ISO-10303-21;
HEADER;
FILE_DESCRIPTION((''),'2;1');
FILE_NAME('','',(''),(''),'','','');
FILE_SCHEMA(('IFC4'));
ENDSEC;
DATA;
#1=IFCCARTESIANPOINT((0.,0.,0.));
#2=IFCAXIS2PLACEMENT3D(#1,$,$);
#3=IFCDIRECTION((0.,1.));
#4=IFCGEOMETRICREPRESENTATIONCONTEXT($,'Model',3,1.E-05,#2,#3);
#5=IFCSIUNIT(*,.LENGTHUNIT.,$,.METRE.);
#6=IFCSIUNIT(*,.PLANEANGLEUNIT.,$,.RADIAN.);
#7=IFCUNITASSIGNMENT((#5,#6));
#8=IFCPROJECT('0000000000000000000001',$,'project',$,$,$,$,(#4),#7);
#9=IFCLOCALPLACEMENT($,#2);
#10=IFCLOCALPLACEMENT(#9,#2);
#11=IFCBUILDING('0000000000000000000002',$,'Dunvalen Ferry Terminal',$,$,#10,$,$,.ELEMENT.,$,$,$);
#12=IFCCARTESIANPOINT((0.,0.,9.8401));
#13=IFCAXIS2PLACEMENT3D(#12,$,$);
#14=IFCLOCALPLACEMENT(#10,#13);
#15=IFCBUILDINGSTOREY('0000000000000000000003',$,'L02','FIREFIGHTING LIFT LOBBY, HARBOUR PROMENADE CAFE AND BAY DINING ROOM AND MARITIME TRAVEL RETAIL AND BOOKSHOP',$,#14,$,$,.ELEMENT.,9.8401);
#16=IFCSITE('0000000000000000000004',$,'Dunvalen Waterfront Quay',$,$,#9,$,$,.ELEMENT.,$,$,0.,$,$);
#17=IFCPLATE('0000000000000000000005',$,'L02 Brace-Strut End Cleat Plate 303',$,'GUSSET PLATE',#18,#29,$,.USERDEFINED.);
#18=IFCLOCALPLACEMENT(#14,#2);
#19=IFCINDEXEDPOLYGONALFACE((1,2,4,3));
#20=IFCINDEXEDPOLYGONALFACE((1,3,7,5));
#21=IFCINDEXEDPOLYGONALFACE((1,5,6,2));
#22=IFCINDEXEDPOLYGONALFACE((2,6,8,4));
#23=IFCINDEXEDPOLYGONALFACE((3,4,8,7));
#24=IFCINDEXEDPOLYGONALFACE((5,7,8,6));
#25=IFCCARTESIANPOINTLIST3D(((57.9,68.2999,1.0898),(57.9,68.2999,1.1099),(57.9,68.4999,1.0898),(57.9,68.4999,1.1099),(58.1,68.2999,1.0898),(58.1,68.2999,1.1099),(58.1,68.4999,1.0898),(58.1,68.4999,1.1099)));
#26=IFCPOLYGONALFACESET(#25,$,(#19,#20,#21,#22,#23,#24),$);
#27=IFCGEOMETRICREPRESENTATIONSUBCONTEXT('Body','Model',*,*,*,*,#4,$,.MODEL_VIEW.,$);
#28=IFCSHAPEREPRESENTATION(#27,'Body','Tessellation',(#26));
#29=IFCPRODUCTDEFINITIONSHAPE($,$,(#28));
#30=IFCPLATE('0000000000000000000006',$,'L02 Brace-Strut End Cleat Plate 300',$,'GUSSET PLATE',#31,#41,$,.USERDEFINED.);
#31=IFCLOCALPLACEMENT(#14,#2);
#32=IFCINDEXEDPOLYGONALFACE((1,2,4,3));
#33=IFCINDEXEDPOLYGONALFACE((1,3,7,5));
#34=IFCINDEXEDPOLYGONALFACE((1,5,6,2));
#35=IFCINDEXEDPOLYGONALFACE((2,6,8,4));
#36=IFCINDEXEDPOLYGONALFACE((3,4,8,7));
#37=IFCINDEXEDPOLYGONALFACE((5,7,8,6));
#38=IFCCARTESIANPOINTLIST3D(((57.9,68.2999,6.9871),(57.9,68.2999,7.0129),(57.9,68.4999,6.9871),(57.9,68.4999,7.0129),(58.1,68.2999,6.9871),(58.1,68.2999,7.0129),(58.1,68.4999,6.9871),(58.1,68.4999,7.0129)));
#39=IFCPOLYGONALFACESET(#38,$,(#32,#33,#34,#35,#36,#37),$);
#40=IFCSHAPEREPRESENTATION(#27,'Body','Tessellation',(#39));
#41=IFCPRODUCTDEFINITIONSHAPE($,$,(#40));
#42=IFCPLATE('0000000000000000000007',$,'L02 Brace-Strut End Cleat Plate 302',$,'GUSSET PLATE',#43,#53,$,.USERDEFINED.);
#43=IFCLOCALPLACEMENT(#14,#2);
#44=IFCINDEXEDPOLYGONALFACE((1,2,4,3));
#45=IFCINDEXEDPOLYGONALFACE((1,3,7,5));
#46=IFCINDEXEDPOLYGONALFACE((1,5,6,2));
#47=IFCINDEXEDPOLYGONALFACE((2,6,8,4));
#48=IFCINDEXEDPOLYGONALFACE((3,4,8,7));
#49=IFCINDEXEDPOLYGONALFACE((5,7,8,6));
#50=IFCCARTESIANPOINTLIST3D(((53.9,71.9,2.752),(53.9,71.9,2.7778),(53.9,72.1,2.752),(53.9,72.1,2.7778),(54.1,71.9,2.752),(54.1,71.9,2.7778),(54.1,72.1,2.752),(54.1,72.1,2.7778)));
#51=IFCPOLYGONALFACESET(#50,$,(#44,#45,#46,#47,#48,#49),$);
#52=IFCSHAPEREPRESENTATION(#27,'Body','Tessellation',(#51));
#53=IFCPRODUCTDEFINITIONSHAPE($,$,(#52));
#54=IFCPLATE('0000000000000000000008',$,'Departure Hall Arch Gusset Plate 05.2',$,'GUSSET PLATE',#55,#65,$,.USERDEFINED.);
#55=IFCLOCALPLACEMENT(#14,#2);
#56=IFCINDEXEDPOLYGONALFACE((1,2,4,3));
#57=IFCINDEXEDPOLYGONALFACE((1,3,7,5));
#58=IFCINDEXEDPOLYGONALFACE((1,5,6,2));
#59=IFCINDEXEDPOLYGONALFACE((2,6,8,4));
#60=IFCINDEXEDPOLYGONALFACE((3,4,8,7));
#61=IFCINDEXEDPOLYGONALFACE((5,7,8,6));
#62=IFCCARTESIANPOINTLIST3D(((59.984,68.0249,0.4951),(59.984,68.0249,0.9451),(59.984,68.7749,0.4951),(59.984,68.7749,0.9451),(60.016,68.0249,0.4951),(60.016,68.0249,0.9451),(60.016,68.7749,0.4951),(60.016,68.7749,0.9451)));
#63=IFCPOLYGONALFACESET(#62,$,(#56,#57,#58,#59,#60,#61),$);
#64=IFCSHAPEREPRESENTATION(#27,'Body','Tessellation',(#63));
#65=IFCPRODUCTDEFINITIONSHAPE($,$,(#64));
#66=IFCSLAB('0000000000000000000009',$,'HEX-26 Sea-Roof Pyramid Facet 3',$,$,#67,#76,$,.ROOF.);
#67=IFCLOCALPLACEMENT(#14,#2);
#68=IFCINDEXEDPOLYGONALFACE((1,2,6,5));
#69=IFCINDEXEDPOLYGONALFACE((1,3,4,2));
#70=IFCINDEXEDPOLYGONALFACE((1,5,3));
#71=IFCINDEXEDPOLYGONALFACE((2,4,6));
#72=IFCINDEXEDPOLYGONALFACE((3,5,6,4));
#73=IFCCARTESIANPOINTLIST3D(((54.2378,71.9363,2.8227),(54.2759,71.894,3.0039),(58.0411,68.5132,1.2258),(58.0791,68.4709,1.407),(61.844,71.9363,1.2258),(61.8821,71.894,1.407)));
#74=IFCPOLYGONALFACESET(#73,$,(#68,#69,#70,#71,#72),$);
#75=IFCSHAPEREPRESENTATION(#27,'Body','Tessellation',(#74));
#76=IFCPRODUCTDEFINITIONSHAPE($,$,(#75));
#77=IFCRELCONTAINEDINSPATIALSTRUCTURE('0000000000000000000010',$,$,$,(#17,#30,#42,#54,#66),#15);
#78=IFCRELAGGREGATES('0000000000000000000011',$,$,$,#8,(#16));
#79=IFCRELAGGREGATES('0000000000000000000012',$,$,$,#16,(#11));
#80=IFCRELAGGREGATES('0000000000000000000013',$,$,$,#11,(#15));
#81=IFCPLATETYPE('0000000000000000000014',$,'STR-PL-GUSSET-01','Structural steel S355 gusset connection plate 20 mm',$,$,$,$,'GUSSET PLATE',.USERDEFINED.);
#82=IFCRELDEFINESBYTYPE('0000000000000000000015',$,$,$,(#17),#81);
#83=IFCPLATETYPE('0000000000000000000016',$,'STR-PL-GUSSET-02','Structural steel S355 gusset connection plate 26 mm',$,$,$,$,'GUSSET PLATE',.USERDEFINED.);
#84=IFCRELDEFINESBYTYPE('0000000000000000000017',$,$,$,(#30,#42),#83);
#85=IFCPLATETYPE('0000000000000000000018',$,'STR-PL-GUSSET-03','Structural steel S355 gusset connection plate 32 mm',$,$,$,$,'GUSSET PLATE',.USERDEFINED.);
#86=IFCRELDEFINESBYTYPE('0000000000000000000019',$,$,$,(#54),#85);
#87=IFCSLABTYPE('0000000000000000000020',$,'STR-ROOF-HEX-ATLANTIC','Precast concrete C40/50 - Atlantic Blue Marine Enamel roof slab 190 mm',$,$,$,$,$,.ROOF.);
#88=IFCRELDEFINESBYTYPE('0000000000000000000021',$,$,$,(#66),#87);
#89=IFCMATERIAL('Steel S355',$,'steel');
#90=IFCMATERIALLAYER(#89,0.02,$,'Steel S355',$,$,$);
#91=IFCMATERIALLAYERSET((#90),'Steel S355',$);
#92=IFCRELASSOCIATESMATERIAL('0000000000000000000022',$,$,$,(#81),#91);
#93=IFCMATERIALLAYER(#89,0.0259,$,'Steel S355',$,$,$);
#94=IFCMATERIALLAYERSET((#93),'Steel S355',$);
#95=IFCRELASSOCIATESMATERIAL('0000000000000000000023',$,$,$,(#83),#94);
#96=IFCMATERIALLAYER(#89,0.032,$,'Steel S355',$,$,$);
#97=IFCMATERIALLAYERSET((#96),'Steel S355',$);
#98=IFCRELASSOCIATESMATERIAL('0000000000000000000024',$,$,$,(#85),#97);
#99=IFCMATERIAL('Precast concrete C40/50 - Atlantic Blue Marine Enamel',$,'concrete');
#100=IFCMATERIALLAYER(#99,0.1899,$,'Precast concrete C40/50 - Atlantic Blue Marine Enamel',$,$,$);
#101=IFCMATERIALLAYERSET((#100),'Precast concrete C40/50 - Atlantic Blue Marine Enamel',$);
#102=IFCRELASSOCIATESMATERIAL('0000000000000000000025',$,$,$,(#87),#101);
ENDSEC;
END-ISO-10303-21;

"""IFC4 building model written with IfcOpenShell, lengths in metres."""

from ifc_helpers import new_model, si_unit, direction, frame, origin, origin_2d, place, context, subcontext, project, spatial, polyline, rectangle, outline, extrude, material, layer, layer_set, type_object, element, save


model = new_model("IFC4")

# Units and contexts
model_context = context("Model", 3, precision=1e-05, world=origin(), true_north=direction((0.0, 1.0)))
body_context = subcontext(model_context, "Body", "Model", "MODEL_VIEW")
ifc_project = project(units=[si_unit("LENGTHUNIT", "METRE"), si_unit("PLANEANGLEUNIT", "RADIAN")], contexts=[model_context])

# Site, building, storey
site_placement = place(None, origin())
site = spatial("IfcSite", under=ifc_project, at=site_placement, Name="Dunvalen Waterfront Quay", CompositionType="ELEMENT", RefElevation=0.0)
building_placement = place(site_placement, origin())
building = spatial("IfcBuilding", under=site, at=building_placement, Name="Dunvalen Ferry Terminal", CompositionType="ELEMENT")
storey_placement = place(building_placement, frame((0.0, 0.0, 9.8401)))
storey = spatial("IfcBuildingStorey", under=building, at=storey_placement, Name="L02", Description="FIREFIGHTING LIFT LOBBY, HARBOUR PROMENADE CAFE AND BAY DINING ROOM AND MARITIME TRAVEL RETAIL AND BOOKSHOP", CompositionType="ELEMENT", Elevation=9.8401)

# Shared definitions
ifc_material_1 = material(Name="Steel S355", Category="steel")

# Plates
ifc_layer_1 = layer(ifc_material_1, 0.02, Name="Steel S355")
ifc_layer_set_1 = layer_set([ifc_layer_1], Name="Steel S355")
plate_type_1 = type_object("IfcPlateType", Name="STR-PL-GUSSET-01", Description="Structural steel S355 gusset connection plate 20 mm", ElementType="GUSSET PLATE", PredefinedType="USERDEFINED", material=ifc_layer_set_1)
for number, where, z_axis, x_axis, name in (
    (1, (58.0, 68.3999, 1.0898), (0.0, 0.0, 1.0), (1.0, 0.0, 0.0), "L02 Brace-Strut End Cleat Plate 303"),
):
    element("IfcPlate", number, at=place(storey_placement, frame(where, z_axis=z_axis, x_axis=x_axis)), inside=storey, type_object=plate_type_1, Name=name, ObjectType="GUSSET PLATE", PredefinedType="USERDEFINED", context=body_context, shape_type="SweptSolid", body=[
        extrude(rectangle(XDim=0.2, YDim=0.2, at=origin_2d()), origin(), (0.0, 0.0, 1.0), 0.02),
    ])
ifc_layer_2 = layer(ifc_material_1, 0.0259, Name="Steel S355")
ifc_layer_set_2 = layer_set([ifc_layer_2], Name="Steel S355")
plate_type_2 = type_object("IfcPlateType", Name="STR-PL-GUSSET-02", Description="Structural steel S355 gusset connection plate 26 mm", ElementType="GUSSET PLATE", PredefinedType="USERDEFINED", material=ifc_layer_set_2)
for number, where, z_axis, x_axis, name in (
    (2, (58.0, 68.3999, 6.9871), (0.0, 0.0, 1.0), (1.0, 0.0, 0.0), "L02 Brace-Strut End Cleat Plate 300"),
    (3, (54.0, 72.0, 2.752), (0.0, 0.0, 1.0), (1.0, 0.0, 0.0), "L02 Brace-Strut End Cleat Plate 302"),
):
    element("IfcPlate", number, at=place(storey_placement, frame(where, z_axis=z_axis, x_axis=x_axis)), inside=storey, type_object=plate_type_2, Name=name, ObjectType="GUSSET PLATE", PredefinedType="USERDEFINED", context=body_context, shape_type="SweptSolid", body=[
        extrude(rectangle(XDim=0.2, YDim=0.2, at=origin_2d()), origin(), (0.0, 0.0, 1.0), 0.0259),
    ])
ifc_layer_3 = layer(ifc_material_1, 0.032, Name="Steel S355")
ifc_layer_set_3 = layer_set([ifc_layer_3], Name="Steel S355")
plate_type_3 = type_object("IfcPlateType", Name="STR-PL-GUSSET-03", Description="Structural steel S355 gusset connection plate 32 mm", ElementType="GUSSET PLATE", PredefinedType="USERDEFINED", material=ifc_layer_set_3)
plate_1_placement = place(storey_placement, frame((60.0, 68.3999, 0.4951), z_axis=(0.0, 0.0, 1.0), x_axis=(1.0, 0.0, 0.0)))
element("IfcPlate", 4, at=plate_1_placement, inside=storey, type_object=plate_type_3, Name="Departure Hall Arch Gusset Plate 05.2", ObjectType="GUSSET PLATE", PredefinedType="USERDEFINED", context=body_context, shape_type="SweptSolid", body=[
    extrude(rectangle(XDim=0.032, YDim=0.75, at=origin_2d()), origin(), (0.0, 0.0, 1.0), 0.45),
])

# Slab
ifc_material_2 = material(Name="Precast concrete C40/50 - Atlantic Blue Marine Enamel", Category="concrete")
ifc_layer_4 = layer(ifc_material_2, 0.1899, Name="Precast concrete C40/50 - Atlantic Blue Marine Enamel")
ifc_layer_set_4 = layer_set([ifc_layer_4], Name="Precast concrete C40/50 - Atlantic Blue Marine Enamel")
slab_type = type_object("IfcSlabType", Name="STR-ROOF-HEX-ATLANTIC", Description="Precast concrete C40/50 - Atlantic Blue Marine Enamel roof slab 190 mm", PredefinedType="ROOF", material=ifc_layer_set_4)
slab_placement = place(storey_placement, frame((58.0791, 68.4709, 1.407), z_axis=(0.200318, -0.222548, 0.95412), x_axis=(0.743254, 0.66901, 0.0)))
element("IfcSlab", 5, at=slab_placement, inside=storey, type_object=slab_type, Name="HEX-26 Sea-Roof Pyramid Facet 3", PredefinedType="ROOF", context=body_context, shape_type="SweptSolid", body=[
    extrude(outline(polyline([(0.0, 0.0), (5.1167, 0.0), (-0.5367, 5.3333), (0.0, 0.0)])), origin(), (0.0, 0.0, -1.0), 0.1899),
])

save(model, "model.ifc")
